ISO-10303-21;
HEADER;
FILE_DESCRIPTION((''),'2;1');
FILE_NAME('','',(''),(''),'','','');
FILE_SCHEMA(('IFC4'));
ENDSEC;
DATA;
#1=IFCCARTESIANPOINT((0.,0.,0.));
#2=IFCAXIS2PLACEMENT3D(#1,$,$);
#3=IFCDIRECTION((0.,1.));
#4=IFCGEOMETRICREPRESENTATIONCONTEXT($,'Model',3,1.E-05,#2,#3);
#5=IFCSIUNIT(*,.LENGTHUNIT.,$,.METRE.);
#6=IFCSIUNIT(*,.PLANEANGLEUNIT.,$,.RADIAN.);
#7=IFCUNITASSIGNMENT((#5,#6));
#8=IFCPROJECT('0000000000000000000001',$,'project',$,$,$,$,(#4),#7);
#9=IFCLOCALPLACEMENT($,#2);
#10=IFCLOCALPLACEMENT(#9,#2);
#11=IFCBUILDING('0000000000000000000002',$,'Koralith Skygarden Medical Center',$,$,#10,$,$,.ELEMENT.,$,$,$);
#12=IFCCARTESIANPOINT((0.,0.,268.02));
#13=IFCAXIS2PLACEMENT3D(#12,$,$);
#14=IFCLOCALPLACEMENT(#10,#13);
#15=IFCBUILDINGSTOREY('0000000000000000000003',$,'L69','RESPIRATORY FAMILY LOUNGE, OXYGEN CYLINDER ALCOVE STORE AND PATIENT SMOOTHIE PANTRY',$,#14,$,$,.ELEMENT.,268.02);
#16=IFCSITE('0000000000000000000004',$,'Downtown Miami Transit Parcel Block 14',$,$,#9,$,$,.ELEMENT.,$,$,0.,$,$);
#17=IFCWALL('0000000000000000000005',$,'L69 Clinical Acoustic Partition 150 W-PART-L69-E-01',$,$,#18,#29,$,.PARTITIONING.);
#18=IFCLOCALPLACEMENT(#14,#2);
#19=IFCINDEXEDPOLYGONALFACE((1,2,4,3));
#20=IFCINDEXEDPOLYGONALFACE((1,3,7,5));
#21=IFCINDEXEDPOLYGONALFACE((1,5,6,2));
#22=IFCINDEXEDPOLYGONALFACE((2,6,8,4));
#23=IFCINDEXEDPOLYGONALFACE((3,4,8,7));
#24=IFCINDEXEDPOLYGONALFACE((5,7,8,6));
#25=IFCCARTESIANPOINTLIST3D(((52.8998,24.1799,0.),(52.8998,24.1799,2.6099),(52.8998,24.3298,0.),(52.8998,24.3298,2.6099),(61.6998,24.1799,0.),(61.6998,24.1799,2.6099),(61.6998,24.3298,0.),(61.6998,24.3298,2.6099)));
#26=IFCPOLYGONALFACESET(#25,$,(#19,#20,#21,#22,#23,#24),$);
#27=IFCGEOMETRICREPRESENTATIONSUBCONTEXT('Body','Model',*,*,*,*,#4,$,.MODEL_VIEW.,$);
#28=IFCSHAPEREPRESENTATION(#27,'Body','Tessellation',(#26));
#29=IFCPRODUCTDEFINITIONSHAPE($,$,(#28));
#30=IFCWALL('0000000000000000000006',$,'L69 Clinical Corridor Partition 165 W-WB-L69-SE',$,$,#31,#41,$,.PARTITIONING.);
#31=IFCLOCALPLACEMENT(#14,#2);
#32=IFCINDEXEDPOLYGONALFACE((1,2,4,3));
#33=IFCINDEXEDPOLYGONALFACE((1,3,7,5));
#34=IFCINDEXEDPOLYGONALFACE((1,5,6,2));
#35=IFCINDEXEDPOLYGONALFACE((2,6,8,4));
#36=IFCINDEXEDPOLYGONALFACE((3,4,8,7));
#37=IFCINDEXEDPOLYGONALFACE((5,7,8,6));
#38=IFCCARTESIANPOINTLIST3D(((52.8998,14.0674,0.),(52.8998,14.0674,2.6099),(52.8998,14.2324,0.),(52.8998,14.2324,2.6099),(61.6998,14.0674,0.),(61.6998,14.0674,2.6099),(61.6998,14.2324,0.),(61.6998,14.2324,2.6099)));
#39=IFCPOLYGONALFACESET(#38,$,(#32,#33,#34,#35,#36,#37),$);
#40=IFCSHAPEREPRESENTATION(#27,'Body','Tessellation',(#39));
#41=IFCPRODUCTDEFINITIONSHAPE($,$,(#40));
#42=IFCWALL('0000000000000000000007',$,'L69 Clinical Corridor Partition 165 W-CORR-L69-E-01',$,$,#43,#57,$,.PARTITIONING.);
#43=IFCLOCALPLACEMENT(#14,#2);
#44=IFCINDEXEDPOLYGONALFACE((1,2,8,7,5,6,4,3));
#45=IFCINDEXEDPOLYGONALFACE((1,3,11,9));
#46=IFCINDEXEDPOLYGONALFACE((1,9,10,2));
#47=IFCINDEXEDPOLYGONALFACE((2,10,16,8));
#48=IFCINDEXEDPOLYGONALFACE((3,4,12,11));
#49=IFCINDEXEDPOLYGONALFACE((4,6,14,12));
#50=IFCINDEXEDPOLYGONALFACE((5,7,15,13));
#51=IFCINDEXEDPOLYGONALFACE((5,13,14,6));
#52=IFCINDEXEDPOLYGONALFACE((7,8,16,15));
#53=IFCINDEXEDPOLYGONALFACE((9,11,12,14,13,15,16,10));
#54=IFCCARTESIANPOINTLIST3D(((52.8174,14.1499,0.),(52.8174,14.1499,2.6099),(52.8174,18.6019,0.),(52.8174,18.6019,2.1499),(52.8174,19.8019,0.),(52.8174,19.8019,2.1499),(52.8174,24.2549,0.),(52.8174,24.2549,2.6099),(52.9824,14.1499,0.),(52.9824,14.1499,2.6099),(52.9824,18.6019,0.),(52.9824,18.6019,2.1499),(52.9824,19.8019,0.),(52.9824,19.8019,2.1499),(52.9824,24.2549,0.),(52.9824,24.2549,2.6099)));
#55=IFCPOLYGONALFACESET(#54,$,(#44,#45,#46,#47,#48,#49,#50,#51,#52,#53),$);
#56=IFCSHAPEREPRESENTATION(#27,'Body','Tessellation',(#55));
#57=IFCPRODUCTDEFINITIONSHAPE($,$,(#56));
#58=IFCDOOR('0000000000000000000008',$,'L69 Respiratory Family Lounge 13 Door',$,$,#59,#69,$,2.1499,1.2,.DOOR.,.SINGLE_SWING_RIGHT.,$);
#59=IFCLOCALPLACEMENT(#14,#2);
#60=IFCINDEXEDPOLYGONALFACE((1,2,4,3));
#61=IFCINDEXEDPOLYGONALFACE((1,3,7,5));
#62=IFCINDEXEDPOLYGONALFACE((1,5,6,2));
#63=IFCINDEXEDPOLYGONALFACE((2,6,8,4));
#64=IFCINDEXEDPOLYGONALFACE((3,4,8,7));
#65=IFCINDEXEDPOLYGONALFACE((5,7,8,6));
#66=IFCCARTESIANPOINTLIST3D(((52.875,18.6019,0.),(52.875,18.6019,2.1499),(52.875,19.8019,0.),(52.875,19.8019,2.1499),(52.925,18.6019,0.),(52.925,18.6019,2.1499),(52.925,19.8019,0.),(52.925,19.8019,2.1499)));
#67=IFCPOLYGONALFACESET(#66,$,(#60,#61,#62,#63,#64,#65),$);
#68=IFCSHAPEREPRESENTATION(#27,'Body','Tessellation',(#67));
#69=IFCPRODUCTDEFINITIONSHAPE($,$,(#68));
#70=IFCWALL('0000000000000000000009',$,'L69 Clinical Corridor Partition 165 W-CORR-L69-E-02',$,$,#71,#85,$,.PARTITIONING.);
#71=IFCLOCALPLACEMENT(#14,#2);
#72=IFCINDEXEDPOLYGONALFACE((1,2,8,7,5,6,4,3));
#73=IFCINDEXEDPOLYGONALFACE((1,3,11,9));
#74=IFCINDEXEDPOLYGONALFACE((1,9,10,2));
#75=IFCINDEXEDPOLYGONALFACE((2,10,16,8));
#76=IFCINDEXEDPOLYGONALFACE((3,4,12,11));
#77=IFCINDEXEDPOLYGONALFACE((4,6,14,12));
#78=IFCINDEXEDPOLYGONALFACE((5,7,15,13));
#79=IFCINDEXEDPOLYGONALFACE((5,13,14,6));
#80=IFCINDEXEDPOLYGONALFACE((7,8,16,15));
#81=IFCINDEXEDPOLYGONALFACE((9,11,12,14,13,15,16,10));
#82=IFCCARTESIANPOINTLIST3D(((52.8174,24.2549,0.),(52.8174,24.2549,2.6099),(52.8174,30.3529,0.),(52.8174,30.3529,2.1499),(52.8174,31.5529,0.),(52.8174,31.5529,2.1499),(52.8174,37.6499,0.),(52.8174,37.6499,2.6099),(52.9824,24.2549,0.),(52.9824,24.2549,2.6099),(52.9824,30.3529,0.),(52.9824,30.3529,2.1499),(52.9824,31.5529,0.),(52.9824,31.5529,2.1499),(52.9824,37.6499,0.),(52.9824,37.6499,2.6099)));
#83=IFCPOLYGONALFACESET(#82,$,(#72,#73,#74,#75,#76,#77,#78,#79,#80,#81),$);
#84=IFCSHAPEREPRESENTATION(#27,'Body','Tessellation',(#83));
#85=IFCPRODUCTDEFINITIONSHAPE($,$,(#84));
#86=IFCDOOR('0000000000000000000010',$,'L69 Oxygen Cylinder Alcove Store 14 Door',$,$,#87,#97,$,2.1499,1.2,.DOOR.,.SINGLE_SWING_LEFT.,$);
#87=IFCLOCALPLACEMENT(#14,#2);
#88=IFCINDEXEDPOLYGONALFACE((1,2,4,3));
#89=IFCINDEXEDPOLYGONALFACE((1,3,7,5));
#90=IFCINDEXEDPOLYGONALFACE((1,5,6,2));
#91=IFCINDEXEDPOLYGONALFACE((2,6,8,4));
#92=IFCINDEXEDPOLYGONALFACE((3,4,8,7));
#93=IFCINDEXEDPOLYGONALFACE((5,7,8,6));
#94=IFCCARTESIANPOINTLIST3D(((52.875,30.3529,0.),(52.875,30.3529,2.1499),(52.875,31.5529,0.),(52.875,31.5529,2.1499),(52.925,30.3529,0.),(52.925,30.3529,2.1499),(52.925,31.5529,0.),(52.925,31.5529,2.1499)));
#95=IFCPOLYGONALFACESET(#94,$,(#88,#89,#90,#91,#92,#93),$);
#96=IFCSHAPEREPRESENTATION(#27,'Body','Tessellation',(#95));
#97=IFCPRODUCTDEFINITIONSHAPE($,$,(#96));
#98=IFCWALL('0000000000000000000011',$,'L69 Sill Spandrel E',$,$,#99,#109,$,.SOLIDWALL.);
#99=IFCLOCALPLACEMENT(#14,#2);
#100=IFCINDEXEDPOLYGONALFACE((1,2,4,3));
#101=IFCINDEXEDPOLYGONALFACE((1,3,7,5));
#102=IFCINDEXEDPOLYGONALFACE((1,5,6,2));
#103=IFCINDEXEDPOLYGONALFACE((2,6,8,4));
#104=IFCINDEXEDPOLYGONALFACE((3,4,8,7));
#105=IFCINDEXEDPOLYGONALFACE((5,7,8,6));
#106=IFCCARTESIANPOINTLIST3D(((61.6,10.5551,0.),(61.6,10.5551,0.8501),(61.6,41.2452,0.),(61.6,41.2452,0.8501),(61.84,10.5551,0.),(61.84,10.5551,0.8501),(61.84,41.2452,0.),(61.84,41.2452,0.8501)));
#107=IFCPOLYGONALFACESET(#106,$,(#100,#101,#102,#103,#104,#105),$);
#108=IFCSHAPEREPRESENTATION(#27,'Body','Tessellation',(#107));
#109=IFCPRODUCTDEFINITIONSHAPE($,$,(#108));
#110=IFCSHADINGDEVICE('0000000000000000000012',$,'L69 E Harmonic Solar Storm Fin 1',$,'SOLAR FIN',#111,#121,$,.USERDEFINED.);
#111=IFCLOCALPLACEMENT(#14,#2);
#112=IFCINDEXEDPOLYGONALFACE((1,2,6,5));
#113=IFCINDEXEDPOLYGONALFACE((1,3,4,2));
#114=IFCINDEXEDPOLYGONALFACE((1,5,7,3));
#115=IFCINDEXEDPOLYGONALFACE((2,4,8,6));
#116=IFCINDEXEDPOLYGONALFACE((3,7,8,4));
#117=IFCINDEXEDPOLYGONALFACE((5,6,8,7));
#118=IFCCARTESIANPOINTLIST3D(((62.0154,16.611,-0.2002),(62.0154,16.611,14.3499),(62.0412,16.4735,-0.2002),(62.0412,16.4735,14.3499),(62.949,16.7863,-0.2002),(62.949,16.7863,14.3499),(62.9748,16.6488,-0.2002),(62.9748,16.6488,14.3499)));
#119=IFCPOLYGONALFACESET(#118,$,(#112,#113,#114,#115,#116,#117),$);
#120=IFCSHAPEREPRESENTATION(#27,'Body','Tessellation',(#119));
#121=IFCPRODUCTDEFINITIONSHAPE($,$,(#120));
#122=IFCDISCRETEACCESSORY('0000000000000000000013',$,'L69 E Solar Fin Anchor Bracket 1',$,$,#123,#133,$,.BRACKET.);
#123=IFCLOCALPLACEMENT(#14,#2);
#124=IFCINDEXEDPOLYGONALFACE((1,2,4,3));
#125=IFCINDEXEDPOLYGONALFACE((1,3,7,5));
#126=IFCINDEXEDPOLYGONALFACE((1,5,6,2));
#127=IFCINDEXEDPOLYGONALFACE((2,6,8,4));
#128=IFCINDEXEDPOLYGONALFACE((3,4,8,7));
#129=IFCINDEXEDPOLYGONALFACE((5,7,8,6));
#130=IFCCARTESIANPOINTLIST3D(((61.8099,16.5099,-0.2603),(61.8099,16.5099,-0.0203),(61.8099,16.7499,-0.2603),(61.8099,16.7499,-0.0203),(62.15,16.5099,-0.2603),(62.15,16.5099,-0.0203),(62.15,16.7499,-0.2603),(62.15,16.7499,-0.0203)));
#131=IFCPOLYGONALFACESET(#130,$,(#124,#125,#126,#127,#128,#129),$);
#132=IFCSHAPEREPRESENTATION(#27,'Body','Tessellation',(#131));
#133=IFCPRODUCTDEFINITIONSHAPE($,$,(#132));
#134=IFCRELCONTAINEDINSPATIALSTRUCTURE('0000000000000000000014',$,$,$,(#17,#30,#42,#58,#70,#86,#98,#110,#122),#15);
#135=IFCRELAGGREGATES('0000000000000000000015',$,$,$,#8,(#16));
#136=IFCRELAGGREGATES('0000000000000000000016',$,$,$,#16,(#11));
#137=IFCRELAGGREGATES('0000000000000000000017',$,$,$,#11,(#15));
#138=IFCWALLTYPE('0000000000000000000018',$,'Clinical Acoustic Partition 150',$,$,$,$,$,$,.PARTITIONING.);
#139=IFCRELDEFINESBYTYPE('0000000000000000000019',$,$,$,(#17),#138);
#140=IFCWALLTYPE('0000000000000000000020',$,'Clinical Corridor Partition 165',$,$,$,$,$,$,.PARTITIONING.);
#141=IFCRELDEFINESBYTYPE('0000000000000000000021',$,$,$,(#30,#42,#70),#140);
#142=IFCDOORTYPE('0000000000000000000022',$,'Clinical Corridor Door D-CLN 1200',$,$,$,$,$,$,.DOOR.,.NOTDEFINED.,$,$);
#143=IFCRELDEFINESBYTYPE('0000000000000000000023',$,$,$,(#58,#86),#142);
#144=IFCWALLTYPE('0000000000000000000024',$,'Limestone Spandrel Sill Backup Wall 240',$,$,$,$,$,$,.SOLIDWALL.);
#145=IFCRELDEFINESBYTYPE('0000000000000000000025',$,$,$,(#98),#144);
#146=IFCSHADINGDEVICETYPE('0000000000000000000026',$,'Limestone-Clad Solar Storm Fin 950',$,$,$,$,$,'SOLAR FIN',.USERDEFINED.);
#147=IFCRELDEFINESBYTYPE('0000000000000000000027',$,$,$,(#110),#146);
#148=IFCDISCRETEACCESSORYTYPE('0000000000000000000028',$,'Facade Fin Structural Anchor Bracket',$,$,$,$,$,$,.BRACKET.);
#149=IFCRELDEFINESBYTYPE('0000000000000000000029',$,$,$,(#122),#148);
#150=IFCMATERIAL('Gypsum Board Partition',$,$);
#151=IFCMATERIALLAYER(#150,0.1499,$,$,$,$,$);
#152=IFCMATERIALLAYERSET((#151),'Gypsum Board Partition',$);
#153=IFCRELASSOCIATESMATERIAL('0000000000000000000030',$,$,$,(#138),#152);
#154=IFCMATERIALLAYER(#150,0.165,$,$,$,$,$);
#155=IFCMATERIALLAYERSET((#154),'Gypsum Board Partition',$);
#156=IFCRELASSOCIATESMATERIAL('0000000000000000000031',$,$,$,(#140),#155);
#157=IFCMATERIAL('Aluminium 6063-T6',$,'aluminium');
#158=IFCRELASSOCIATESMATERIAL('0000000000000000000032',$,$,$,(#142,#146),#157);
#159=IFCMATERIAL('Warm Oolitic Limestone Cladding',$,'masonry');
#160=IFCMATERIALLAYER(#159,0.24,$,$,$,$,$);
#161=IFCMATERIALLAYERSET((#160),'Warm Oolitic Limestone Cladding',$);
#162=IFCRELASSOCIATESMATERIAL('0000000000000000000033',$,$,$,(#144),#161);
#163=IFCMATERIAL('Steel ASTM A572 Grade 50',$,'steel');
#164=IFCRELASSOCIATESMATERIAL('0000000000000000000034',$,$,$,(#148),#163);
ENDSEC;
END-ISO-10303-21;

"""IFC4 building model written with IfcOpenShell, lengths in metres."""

from ifc_helpers import new_model, si_unit, direction, frame, frame_2d, origin, origin_2d, place, context, subcontext, project, spatial, rectangle, extrude, material, layer, layer_set, type_object, element, fill, save


model = new_model("IFC4")

# Units and contexts
model_context = context("Model", 3, precision=1e-05, world=origin(), true_north=direction((0.0, 1.0)))
body_context = subcontext(model_context, "Body", "Model", "MODEL_VIEW")
ifc_project = project(units=[si_unit("LENGTHUNIT", "METRE"), si_unit("PLANEANGLEUNIT", "RADIAN")], contexts=[model_context])

# Site, building, storey
site_placement = place(None, origin())
site = spatial("IfcSite", under=ifc_project, at=site_placement, Name="Downtown Miami Transit Parcel Block 14", CompositionType="ELEMENT", RefElevation=0.0)
building_placement = place(site_placement, origin())
building = spatial("IfcBuilding", under=site, at=building_placement, Name="Koralith Skygarden Medical Center", CompositionType="ELEMENT")
storey_placement = place(building_placement, frame((0.0, 0.0, 268.02)))
storey = spatial("IfcBuildingStorey", under=building, at=storey_placement, Name="L69", Description="RESPIRATORY FAMILY LOUNGE, OXYGEN CYLINDER ALCOVE STORE AND PATIENT SMOOTHIE PANTRY", CompositionType="ELEMENT", Elevation=268.02)

# Shared definitions
ifc_material_1 = material(Name="Aluminium 6063-T6", Category="aluminium")

# Shared definitions
ifc_material_2 = material(Name="Warm Oolitic Limestone Cladding", Category="masonry")

# Walls
ifc_material_3 = material(Name="Gypsum Board Partition")
ifc_layer_1 = layer(ifc_material_3, 0.1499)
ifc_layer_set_1 = layer_set([ifc_layer_1], Name="Gypsum Board Partition")
wall_type_1 = type_object("IfcWallType", Name="Clinical Acoustic Partition 150", PredefinedType="PARTITIONING", material=ifc_layer_set_1)
wall_1_placement = place(storey_placement, frame((52.8999, 24.2549, 0.0), z_axis=(0.0, 0.0, 1.0), x_axis=(1.0, 0.0, 0.0)))
element("IfcWall", 1, at=wall_1_placement, inside=storey, type_object=wall_type_1, Name="L69 Clinical Acoustic Partition 150 W-PART-L69-E-01", PredefinedType="PARTITIONING", context=body_context, shape_type="SweptSolid", body=[
    extrude(rectangle(XDim=8.8, YDim=0.1499, at=frame_2d((4.3999, 0.0))), origin(), (0.0, 0.0, 1.0), 2.6099),
])
ifc_layer_2 = layer(ifc_material_3, 0.165)
ifc_layer_set_2 = layer_set([ifc_layer_2], Name="Gypsum Board Partition")
wall_type_2 = type_object("IfcWallType", Name="Clinical Corridor Partition 165", PredefinedType="PARTITIONING", material=ifc_layer_set_2)
wall_2_placement = place(storey_placement, frame((52.8999, 14.1499, 0.0), z_axis=(0.0, 0.0, 1.0), x_axis=(1.0, 0.0, 0.0)))
element("IfcWall", 2, at=wall_2_placement, inside=storey, type_object=wall_type_2, Name="L69 Clinical Corridor Partition 165 W-WB-L69-SE", PredefinedType="PARTITIONING", context=body_context, shape_type="SweptSolid", body=[
    extrude(rectangle(XDim=8.8, YDim=0.165, at=frame_2d((4.3999, 0.0))), origin(), (0.0, 0.0, 1.0), 2.6099),
])

# Walls, openings, doors
wall_3_placement = place(storey_placement, frame((52.8999, 14.1499, 0.0), z_axis=(0.0, 0.0, 1.0), x_axis=(0.0, 1.0, 0.0)))
wall_3 = element("IfcWall", 3, at=wall_3_placement, inside=storey, type_object=wall_type_2, Name="L69 Clinical Corridor Partition 165 W-CORR-L69-E-01", PredefinedType="PARTITIONING", context=body_context, shape_type="SweptSolid", body=[
    extrude(rectangle(XDim=10.105, YDim=0.165, at=frame_2d((5.0525, 0.0))), origin(), (0.0, 0.0, 1.0), 2.6099),
])
opening_1_placement = place(wall_3_placement, frame((4.4519, 0.0, 0.0)))
opening_1 = element("IfcOpeningElement", 4, at=opening_1_placement, cuts=wall_3, PredefinedType="OPENING", context=body_context, shape_type="SweptSolid", body=[
    extrude(rectangle(XDim=1.2, YDim=2.1499, at=frame_2d((0.6001, 1.075))), frame((0.0, 0.0925, 0.0), z_axis=(0.0, -1.0, 0.0), x_axis=(1.0, 0.0, 0.0)), (0.0, 0.0, 1.0), 0.1851),
])
door_type_1 = type_object("IfcDoorType", Name="Clinical Corridor Door D-CLN 1200", OperationType="NOTDEFINED", PredefinedType="DOOR", material=ifc_material_1)
door_1_placement = place(opening_1_placement, origin())
door_1 = element("IfcDoor", 5, at=door_1_placement, inside=storey, type_object=door_type_1, Name="L69 Respiratory Family Lounge 13 Door", OperationType="SINGLE_SWING_RIGHT", OverallHeight=2.1499, OverallWidth=1.2, PredefinedType="DOOR", context=body_context, shape_type="SweptSolid", body=[
    extrude(rectangle(XDim=1.2, YDim=2.1499, at=frame_2d((0.6001, 1.075))), frame((0.0, 0.0249, 0.0), z_axis=(0.0, -1.0, 0.0), x_axis=(1.0, 0.0, 0.0)), (0.0, 0.0, 1.0), 0.05),
])
fill(opening_1, door_1)
wall_4_placement = place(storey_placement, frame((52.8999, 24.2549, 0.0), z_axis=(0.0, 0.0, 1.0), x_axis=(0.0, 1.0, 0.0)))
wall_4 = element("IfcWall", 6, at=wall_4_placement, inside=storey, type_object=wall_type_2, Name="L69 Clinical Corridor Partition 165 W-CORR-L69-E-02", PredefinedType="PARTITIONING", context=body_context, shape_type="SweptSolid", body=[
    extrude(rectangle(XDim=13.395, YDim=0.165, at=frame_2d((6.6975, 0.0))), origin(), (0.0, 0.0, 1.0), 2.6099),
])
opening_2_placement = place(wall_4_placement, frame((6.0979, 0.0, 0.0)))
opening_2 = element("IfcOpeningElement", 7, at=opening_2_placement, cuts=wall_4, PredefinedType="OPENING", context=body_context, shape_type="SweptSolid", body=[
    extrude(rectangle(XDim=1.2, YDim=2.1499, at=frame_2d((0.6001, 1.075))), frame((0.0, 0.0925, 0.0), z_axis=(0.0, -1.0, 0.0), x_axis=(1.0, 0.0, 0.0)), (0.0, 0.0, 1.0), 0.1851),
])
door_2_placement = place(opening_2_placement, origin())
door_2 = element("IfcDoor", 8, at=door_2_placement, inside=storey, type_object=door_type_1, Name="L69 Oxygen Cylinder Alcove Store 14 Door", OperationType="SINGLE_SWING_LEFT", OverallHeight=2.1499, OverallWidth=1.2, PredefinedType="DOOR", context=body_context, shape_type="SweptSolid", body=[
    extrude(rectangle(XDim=1.2, YDim=2.1499, at=frame_2d((0.6001, 1.075))), frame((0.0, 0.0249, 0.0), z_axis=(0.0, -1.0, 0.0), x_axis=(1.0, 0.0, 0.0)), (0.0, 0.0, 1.0), 0.05),
])
fill(opening_2, door_2)

# Wall
ifc_layer_3 = layer(ifc_material_2, 0.24)
ifc_layer_set_3 = layer_set([ifc_layer_3], Name="Warm Oolitic Limestone Cladding")
wall_type_3 = type_object("IfcWallType", Name="Limestone Spandrel Sill Backup Wall 240", PredefinedType="SOLIDWALL", material=ifc_layer_set_3)
wall_5_placement = place(storey_placement, frame((61.72, 10.5549, 0.0), z_axis=(0.0, 0.0, 1.0), x_axis=(0.0, 1.0, 0.0)))
element("IfcWall", 9, at=wall_5_placement, inside=storey, type_object=wall_type_3, Name="L69 Sill Spandrel E", PredefinedType="SOLIDWALL", context=body_context, shape_type="SweptSolid", body=[
    extrude(rectangle(XDim=30.6902, YDim=0.24, at=frame_2d((15.3452, 0.0))), origin(), (0.0, 0.0, 1.0), 0.8501),
])

# Shading device
shading_device_type = type_object("IfcShadingDeviceType", Name="Limestone-Clad Solar Storm Fin 950", ElementType="SOLAR FIN", PredefinedType="USERDEFINED", material=ifc_material_1)
shading_device_placement = place(storey_placement, frame((62.4951, 16.6299, -0.2002), z_axis=(0.0, 0.0, 1.0), x_axis=(0.982823, 0.184552, 0.0)))
element("IfcShadingDevice", 10, at=shading_device_placement, inside=storey, type_object=shading_device_type, Name="L69 E Harmonic Solar Storm Fin 1", ObjectType="SOLAR FIN", PredefinedType="USERDEFINED", context=body_context, shape_type="SweptSolid", body=[
    extrude(rectangle(XDim=0.95, YDim=0.1399, at=origin_2d()), origin(), (0.0, 0.0, 1.0), 14.55),
])

# Discrete accessory
ifc_material_4 = material(Name="Steel ASTM A572 Grade 50", Category="steel")
discrete_accessory_type = type_object("IfcDiscreteAccessoryType", Name="Facade Fin Structural Anchor Bracket", PredefinedType="BRACKET", material=ifc_material_4)
discrete_accessory_placement = place(storey_placement, frame((61.98, 16.6299, -0.2603), z_axis=(0.0, 0.0, 1.0), x_axis=(1.0, 0.0, 0.0)))
element("IfcDiscreteAccessory", 11, at=discrete_accessory_placement, inside=storey, type_object=discrete_accessory_type, Name="L69 E Solar Fin Anchor Bracket 1", PredefinedType="BRACKET", context=body_context, shape_type="SweptSolid", body=[
    extrude(rectangle(XDim=0.3401, YDim=0.24, at=origin_2d()), origin(), (0.0, 0.0, 1.0), 0.24),
])

save(model, "model.ifc")
